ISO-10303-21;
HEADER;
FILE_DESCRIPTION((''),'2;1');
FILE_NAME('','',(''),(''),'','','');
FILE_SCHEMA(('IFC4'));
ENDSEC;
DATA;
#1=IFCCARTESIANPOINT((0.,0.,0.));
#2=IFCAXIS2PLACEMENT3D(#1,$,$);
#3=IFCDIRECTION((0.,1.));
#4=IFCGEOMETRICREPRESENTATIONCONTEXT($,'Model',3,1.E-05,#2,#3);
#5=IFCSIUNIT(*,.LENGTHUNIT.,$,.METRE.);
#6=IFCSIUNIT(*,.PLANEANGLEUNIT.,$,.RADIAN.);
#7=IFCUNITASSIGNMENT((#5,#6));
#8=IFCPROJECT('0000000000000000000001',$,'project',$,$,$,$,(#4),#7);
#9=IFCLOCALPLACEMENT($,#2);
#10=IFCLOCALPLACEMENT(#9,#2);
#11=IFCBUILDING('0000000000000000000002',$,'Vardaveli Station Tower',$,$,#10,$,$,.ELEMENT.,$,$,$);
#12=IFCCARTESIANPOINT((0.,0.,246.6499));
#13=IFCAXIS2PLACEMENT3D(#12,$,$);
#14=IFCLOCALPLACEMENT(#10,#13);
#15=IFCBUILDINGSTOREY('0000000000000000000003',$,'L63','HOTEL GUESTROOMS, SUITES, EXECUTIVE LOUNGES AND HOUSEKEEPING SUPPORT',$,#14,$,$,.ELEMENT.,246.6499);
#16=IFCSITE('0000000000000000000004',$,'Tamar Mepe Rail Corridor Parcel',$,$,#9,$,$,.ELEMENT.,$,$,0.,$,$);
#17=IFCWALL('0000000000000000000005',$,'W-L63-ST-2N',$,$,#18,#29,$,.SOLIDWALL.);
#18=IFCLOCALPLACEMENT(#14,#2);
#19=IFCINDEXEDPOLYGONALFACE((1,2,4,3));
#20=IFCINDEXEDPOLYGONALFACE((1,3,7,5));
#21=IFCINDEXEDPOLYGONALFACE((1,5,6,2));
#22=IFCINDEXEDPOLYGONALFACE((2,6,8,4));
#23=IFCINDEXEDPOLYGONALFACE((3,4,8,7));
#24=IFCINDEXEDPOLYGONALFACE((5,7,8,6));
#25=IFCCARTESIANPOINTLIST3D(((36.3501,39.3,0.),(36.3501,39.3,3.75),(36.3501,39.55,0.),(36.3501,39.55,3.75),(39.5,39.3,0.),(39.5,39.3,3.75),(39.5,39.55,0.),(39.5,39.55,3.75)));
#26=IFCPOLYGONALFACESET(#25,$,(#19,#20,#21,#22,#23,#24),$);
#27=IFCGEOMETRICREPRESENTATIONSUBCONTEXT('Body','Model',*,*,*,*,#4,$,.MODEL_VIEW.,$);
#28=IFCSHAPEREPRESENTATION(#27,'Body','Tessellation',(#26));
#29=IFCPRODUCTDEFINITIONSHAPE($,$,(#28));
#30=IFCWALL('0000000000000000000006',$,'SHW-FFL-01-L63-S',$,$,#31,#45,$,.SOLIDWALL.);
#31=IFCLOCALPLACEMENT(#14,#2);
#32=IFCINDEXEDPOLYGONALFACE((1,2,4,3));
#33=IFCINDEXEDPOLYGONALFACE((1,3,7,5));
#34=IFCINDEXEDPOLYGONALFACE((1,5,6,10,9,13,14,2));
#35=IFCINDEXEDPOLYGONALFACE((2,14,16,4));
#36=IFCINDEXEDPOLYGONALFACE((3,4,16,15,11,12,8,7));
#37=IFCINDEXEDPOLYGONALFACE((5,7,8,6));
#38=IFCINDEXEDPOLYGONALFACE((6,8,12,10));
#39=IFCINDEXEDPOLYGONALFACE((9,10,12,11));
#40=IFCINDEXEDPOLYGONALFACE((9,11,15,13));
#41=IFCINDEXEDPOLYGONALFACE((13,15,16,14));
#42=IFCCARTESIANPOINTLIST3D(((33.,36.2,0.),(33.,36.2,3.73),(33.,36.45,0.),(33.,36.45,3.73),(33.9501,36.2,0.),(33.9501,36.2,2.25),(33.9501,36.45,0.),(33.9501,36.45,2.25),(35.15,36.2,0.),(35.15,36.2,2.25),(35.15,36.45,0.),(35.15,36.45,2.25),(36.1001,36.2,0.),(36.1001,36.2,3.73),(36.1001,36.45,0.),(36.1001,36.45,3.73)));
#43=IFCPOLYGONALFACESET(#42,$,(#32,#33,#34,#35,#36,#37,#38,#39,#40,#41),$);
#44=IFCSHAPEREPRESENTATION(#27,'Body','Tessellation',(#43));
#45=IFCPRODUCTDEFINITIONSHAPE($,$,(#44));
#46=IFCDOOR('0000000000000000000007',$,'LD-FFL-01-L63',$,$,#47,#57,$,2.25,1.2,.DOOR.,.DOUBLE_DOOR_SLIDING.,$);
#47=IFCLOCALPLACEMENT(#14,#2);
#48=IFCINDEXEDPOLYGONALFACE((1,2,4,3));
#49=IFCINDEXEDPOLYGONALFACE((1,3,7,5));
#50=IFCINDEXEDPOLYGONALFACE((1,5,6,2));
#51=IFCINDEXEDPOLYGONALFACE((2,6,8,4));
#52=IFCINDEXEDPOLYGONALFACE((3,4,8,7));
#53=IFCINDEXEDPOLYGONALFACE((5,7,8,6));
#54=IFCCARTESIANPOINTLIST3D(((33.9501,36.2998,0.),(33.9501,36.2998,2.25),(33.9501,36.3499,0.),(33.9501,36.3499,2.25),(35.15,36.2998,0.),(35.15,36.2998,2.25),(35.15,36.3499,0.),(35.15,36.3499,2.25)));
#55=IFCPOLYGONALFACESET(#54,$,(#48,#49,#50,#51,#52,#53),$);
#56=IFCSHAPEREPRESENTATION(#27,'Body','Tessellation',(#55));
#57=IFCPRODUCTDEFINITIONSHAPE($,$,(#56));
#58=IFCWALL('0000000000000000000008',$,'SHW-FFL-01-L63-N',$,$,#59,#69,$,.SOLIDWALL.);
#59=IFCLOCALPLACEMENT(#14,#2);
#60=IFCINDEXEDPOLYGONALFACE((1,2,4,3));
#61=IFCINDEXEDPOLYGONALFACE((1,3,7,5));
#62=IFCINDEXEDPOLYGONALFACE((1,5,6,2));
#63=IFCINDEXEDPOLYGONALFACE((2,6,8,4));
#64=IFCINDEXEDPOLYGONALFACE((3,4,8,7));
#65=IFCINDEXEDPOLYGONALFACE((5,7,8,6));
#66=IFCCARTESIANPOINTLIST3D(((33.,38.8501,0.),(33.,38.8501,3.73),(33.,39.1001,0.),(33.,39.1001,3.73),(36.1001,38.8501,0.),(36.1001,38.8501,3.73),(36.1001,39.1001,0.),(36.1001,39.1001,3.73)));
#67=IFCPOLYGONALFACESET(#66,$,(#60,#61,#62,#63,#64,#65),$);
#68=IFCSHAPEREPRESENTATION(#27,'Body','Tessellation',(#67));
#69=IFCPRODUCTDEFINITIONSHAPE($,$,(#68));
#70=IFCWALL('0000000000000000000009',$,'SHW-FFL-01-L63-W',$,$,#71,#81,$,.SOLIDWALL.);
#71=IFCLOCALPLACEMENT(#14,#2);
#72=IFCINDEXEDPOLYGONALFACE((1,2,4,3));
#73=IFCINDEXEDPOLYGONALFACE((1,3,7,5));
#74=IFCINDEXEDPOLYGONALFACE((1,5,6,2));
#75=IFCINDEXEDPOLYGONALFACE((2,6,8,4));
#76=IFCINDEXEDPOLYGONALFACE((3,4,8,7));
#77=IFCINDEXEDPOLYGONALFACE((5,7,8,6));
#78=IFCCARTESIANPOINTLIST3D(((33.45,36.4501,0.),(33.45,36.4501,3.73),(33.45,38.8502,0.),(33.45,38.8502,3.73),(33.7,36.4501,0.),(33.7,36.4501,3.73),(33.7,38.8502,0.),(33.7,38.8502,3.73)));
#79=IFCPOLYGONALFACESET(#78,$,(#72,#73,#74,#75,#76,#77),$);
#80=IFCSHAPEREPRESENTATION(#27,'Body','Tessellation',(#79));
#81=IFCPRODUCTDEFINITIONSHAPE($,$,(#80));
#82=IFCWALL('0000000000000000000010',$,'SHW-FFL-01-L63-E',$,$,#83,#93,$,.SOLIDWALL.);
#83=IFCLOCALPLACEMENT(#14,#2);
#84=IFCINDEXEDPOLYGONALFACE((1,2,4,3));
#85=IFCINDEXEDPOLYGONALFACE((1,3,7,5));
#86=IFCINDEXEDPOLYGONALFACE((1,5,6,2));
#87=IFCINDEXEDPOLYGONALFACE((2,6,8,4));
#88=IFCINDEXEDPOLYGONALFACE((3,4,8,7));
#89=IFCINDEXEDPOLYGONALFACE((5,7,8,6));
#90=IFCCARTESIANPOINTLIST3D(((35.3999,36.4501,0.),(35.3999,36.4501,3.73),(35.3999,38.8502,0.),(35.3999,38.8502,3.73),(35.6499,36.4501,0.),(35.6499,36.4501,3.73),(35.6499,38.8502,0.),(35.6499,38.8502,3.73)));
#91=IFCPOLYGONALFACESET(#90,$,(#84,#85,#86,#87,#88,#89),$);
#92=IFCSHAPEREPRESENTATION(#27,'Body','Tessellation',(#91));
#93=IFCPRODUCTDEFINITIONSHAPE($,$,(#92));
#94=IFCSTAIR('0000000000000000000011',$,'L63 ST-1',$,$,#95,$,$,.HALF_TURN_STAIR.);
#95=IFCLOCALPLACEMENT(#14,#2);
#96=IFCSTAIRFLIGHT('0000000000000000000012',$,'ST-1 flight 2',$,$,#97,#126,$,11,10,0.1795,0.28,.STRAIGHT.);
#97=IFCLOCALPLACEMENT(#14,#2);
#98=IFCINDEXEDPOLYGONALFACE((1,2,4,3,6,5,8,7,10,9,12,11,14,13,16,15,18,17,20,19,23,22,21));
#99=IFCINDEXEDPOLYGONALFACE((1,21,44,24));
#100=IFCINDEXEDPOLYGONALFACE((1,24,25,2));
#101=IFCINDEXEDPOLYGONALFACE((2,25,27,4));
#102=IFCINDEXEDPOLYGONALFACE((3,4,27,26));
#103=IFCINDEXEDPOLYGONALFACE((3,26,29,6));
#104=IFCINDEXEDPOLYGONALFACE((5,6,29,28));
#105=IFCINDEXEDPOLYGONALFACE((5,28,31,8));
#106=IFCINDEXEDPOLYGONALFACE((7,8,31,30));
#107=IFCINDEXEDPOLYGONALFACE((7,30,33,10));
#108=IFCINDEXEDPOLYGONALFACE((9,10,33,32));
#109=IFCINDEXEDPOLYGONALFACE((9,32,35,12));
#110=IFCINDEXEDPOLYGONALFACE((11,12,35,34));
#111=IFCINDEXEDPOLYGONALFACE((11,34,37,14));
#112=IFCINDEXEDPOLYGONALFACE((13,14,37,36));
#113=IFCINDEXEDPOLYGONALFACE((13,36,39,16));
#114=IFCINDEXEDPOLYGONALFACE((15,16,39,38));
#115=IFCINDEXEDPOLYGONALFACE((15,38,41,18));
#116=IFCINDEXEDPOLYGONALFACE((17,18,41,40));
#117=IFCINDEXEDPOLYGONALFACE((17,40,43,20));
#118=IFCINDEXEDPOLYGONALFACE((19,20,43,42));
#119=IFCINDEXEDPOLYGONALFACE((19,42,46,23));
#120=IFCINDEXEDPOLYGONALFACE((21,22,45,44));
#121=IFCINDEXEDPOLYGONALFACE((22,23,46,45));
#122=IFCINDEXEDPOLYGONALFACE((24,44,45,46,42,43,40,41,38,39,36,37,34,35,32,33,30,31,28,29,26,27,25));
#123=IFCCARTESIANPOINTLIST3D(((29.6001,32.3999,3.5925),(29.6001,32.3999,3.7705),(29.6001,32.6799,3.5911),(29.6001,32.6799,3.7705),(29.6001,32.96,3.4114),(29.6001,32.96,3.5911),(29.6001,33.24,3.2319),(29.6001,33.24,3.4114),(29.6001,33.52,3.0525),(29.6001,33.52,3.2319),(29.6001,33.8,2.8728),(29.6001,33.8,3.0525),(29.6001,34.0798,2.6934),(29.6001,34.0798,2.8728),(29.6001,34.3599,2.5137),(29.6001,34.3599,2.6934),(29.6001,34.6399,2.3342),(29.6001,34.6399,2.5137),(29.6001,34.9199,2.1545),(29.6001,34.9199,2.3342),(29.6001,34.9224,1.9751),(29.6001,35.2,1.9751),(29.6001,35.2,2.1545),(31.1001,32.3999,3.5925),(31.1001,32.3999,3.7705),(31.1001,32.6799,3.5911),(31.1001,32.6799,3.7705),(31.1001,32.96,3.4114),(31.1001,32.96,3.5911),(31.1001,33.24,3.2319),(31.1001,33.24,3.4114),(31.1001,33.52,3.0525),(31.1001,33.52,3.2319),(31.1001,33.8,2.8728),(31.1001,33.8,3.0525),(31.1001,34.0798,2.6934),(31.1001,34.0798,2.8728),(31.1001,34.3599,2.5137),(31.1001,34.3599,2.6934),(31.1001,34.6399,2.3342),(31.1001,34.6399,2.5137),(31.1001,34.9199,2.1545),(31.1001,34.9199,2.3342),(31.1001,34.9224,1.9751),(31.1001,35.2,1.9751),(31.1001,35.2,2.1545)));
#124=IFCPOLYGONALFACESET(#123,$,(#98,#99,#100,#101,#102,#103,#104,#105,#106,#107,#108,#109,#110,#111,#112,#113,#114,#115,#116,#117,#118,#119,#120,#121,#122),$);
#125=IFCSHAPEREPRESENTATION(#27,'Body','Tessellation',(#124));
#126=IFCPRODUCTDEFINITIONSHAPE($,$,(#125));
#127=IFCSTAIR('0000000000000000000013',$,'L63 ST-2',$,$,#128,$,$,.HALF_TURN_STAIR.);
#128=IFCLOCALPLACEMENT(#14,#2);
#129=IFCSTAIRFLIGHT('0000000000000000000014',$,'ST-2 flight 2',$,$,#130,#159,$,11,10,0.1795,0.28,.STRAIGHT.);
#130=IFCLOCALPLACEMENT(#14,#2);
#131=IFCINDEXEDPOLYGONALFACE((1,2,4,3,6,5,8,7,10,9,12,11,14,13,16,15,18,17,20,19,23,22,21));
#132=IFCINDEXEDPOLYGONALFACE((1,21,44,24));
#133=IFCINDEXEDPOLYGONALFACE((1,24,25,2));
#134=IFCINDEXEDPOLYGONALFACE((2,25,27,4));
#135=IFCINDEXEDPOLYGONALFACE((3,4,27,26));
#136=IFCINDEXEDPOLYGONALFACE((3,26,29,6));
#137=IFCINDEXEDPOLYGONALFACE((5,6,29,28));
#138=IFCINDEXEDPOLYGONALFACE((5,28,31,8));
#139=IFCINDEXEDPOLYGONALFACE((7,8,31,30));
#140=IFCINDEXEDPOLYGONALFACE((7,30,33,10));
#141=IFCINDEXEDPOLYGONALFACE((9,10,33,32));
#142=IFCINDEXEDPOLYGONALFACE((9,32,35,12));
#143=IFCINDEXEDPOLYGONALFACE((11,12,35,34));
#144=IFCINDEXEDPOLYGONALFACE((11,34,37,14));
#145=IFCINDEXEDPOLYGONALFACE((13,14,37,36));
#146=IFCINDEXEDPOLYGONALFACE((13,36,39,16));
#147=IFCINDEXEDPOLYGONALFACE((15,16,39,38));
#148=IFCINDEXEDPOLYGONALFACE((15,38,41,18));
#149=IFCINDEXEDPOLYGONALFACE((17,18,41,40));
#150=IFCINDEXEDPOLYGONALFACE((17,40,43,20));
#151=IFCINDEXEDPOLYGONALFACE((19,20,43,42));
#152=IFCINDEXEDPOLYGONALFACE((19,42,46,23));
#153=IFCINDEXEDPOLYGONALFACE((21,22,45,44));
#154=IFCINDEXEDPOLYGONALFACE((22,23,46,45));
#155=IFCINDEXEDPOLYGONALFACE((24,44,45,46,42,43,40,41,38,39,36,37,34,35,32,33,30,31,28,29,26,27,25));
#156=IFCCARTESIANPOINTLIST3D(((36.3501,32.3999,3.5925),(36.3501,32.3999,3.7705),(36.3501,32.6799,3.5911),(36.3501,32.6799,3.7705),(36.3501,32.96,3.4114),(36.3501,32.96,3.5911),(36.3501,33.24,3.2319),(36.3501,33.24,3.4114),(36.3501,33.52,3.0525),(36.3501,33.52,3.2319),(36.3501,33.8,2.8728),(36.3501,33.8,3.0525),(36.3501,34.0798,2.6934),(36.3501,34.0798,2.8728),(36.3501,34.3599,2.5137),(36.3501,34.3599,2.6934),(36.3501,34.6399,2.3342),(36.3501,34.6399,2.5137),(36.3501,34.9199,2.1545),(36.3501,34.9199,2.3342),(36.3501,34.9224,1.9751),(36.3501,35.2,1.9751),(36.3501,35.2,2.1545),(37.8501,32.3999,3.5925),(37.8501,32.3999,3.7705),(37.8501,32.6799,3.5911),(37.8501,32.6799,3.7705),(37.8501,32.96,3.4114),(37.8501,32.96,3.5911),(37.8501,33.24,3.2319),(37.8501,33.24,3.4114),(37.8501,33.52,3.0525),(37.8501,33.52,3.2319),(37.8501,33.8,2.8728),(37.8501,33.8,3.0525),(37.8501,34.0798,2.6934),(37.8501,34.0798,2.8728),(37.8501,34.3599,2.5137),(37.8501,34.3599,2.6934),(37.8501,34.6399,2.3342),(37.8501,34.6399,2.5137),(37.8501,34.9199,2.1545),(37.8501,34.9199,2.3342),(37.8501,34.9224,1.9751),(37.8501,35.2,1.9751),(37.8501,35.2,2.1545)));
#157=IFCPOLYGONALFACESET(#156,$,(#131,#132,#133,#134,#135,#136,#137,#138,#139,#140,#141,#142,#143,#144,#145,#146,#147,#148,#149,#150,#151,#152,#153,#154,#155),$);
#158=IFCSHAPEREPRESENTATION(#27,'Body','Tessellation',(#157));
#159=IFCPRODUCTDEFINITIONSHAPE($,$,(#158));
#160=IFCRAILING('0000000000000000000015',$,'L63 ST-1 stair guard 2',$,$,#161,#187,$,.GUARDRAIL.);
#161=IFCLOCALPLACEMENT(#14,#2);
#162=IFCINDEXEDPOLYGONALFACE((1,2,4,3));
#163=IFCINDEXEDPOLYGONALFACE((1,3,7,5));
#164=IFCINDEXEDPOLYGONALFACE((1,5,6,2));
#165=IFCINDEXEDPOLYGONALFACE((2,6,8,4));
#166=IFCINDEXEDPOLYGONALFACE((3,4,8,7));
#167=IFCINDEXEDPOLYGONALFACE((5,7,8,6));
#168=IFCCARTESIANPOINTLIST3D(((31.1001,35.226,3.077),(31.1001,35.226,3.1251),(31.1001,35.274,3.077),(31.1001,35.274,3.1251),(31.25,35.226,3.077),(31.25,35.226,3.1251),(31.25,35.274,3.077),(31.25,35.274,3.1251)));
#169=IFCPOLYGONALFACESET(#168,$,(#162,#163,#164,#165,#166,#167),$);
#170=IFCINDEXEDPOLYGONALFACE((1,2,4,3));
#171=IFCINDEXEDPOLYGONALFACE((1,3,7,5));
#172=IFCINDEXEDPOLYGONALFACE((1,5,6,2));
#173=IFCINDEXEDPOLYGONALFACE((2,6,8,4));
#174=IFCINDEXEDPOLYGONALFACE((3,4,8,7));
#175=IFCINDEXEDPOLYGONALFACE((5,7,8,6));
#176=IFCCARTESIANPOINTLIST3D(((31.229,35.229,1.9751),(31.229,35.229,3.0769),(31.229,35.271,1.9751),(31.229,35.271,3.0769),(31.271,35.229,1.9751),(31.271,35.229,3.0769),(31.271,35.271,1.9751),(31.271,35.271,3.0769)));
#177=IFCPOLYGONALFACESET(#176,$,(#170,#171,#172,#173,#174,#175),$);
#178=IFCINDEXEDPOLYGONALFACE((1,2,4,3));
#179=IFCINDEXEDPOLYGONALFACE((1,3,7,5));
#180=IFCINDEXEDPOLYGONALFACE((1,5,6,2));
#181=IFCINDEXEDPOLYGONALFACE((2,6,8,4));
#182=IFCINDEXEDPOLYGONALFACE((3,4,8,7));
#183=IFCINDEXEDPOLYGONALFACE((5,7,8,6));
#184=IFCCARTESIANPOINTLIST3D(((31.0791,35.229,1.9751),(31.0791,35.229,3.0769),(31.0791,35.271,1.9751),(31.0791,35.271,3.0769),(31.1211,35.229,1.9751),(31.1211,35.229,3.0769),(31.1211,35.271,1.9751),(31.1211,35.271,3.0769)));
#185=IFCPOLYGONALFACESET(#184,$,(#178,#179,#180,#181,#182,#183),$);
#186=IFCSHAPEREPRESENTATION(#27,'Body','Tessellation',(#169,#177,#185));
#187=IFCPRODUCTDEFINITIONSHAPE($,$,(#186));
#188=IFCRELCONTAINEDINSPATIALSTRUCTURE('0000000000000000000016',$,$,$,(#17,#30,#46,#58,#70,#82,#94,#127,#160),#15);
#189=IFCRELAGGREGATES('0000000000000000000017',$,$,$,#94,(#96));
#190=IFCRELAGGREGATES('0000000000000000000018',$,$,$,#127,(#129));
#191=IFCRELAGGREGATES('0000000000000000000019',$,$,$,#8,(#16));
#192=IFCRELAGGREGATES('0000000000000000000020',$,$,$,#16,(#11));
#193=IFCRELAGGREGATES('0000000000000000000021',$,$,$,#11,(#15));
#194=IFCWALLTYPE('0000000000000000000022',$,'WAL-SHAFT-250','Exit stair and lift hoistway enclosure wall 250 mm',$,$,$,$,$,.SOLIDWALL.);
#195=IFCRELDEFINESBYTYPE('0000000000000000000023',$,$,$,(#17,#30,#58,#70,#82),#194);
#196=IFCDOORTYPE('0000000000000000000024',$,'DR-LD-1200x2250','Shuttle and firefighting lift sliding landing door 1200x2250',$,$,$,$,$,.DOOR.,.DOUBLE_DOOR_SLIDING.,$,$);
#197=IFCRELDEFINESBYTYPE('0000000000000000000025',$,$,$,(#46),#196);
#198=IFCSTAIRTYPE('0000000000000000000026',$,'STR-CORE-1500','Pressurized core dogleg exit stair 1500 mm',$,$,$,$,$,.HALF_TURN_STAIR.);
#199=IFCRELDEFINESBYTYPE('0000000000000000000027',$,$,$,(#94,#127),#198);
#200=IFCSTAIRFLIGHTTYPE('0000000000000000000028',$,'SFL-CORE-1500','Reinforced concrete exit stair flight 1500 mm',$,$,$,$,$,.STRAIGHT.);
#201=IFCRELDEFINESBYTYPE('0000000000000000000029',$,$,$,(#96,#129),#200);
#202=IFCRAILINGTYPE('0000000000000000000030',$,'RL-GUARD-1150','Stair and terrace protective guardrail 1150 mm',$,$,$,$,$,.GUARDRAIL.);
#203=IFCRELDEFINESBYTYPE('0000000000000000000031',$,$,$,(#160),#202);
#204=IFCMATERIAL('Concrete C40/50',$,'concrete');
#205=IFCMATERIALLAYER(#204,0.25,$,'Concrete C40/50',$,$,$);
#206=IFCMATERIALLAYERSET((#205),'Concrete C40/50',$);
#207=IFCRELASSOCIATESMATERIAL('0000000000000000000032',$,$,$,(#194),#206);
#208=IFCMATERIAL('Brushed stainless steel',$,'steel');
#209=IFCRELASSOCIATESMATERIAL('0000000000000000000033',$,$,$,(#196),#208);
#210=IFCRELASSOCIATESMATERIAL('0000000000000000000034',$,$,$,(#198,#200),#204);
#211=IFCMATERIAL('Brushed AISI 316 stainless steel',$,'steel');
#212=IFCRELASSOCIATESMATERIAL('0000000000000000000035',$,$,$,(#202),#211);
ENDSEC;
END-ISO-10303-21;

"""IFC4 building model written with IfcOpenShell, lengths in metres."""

from ifc_helpers import new_model, si_unit, direction, frame, frame_2d, origin, origin_2d, place, context, subcontext, project, spatial, polyline, rectangle, outline, extrude, source, transform, mapped, material, layer, layer_set, type_object, element, fill, aggregate, save


model = new_model("IFC4")

# Units and contexts
model_context = context("Model", 3, precision=1e-05, world=origin(), true_north=direction((0.0, 1.0)))
body_context = subcontext(model_context, "Body", "Model", "MODEL_VIEW")
ifc_project = project(units=[si_unit("LENGTHUNIT", "METRE"), si_unit("PLANEANGLEUNIT", "RADIAN")], contexts=[model_context])

# Site, building, storey
site_placement = place(None, origin())
site = spatial("IfcSite", under=ifc_project, at=site_placement, Name="Tamar Mepe Rail Corridor Parcel", CompositionType="ELEMENT", RefElevation=0.0)
building_placement = place(site_placement, origin())
building = spatial("IfcBuilding", under=site, at=building_placement, Name="Vardaveli Station Tower", CompositionType="ELEMENT")
storey_placement = place(building_placement, frame((0.0, 0.0, 246.6499)))
storey = spatial("IfcBuildingStorey", under=building, at=storey_placement, Name="L63", Description="HOTEL GUESTROOMS, SUITES, EXECUTIVE LOUNGES AND HOUSEKEEPING SUPPORT", CompositionType="ELEMENT", Elevation=246.6499)

# Wall
ifc_material_1 = material(Name="Concrete C40/50", Category="concrete")
ifc_layer_1 = layer(ifc_material_1, 0.25, Name="Concrete C40/50")
ifc_layer_set_1 = layer_set([ifc_layer_1], Name="Concrete C40/50")
wall_type_1 = type_object("IfcWallType", Name="WAL-SHAFT-250", Description="Exit stair and lift hoistway enclosure wall 250 mm", PredefinedType="SOLIDWALL", material=ifc_layer_set_1)
shared_shape_1 = source(origin(), body_context, "Body", "SweptSolid", [
    extrude(rectangle(XDim=3.1499, YDim=0.25, at=frame_2d((1.575, 0.0))), origin(), (0.0, 0.0, 1.0), 3.75),
])
for number, where, z_axis, x_axis, name in (
    (1, (36.3501, 39.425, 0.0), (0.0, 0.0, 1.0), (1.0, 0.0, 0.0), "W-L63-ST-2N"),
):
    element("IfcWall", number, at=place(storey_placement, frame(where, z_axis=z_axis, x_axis=x_axis)), inside=storey, type_object=wall_type_1, Name=name, PredefinedType="SOLIDWALL", context=body_context, shape_type="MappedRepresentation", body=[
        mapped(shared_shape_1, transform((0.0, 0.0, 0.0), scale=1.0)),
    ])

# Wall, opening, door
shared_shape_2 = source(origin(), body_context, "Body", "SweptSolid", [
    extrude(rectangle(XDim=3.1001, YDim=0.25, at=frame_2d((1.55, 0.0))), origin(), (0.0, 0.0, 1.0), 3.73),
])
wall_1_placement = place(storey_placement, frame((33.0, 36.325, 0.0), z_axis=(0.0, 0.0, 1.0), x_axis=(1.0, 0.0, 0.0)))
wall_1 = element("IfcWall", 2, at=wall_1_placement, inside=storey, type_object=wall_type_1, Name="SHW-FFL-01-L63-S", PredefinedType="SOLIDWALL", context=body_context, shape_type="MappedRepresentation", body=[
    mapped(shared_shape_2, transform((0.0, 0.0, 0.0), scale=1.0)),
])
shared_shape_3 = source(origin(), body_context, "Body", "SweptSolid", [
    extrude(rectangle(XDim=1.2, YDim=2.25, at=frame_2d((0.6001, 1.125))), frame((0.0, 0.135, 0.0), z_axis=(0.0, -1.0, 0.0), x_axis=(1.0, 0.0, 0.0)), (0.0, 0.0, 1.0), 0.27),
])
opening_1_placement = place(wall_1_placement, frame((0.95, 0.0, 0.0)))
opening_1 = element("IfcOpeningElement", 3, at=opening_1_placement, cuts=wall_1, PredefinedType="OPENING", context=body_context, shape_type="MappedRepresentation", body=[
    mapped(shared_shape_3, transform((0.0, 0.0, 0.0), scale=1.0)),
])
ifc_material_2 = material(Name="Brushed stainless steel", Category="steel")
door_type = type_object("IfcDoorType", Name="DR-LD-1200x2250", Description="Shuttle and firefighting lift sliding landing door 1200x2250", OperationType="DOUBLE_DOOR_SLIDING", PredefinedType="DOOR", material=ifc_material_2)
shared_shape_4 = source(origin(), body_context, "Body", "SweptSolid", [
    extrude(rectangle(XDim=1.2, YDim=2.25, at=frame_2d((0.6001, 1.125))), frame((0.0, 0.0249, 0.0), z_axis=(0.0, -1.0, 0.0), x_axis=(1.0, 0.0, 0.0)), (0.0, 0.0, 1.0), 0.05),
])
door_placement = place(opening_1_placement, origin())
door = element("IfcDoor", 4, at=door_placement, inside=storey, type_object=door_type, Name="LD-FFL-01-L63", OperationType="DOUBLE_DOOR_SLIDING", OverallHeight=2.25, OverallWidth=1.2, PredefinedType="DOOR", context=body_context, shape_type="MappedRepresentation", body=[
    mapped(shared_shape_4, transform((0.0, 0.0, 0.0), scale=1.0)),
])
fill(opening_1, door)

# Walls
wall_2_placement = place(storey_placement, frame((33.0, 38.9751, 0.0), z_axis=(0.0, 0.0, 1.0), x_axis=(1.0, 0.0, 0.0)))
element("IfcWall", 5, at=wall_2_placement, inside=storey, type_object=wall_type_1, Name="SHW-FFL-01-L63-N", PredefinedType="SOLIDWALL", context=body_context, shape_type="MappedRepresentation", body=[
    mapped(shared_shape_2, transform((0.0, 0.0, 0.0), scale=1.0)),
])
shared_shape_5 = source(origin(), body_context, "Body", "SweptSolid", [
    extrude(rectangle(XDim=2.4001, YDim=0.25, at=frame_2d((1.2002, 0.0))), origin(), (0.0, 0.0, 1.0), 3.73),
])
for number, where, z_axis, x_axis, name in (
    (6, (33.575, 36.45, 0.0), (0.0, 0.0, 1.0), (0.0, 1.0, 0.0), "SHW-FFL-01-L63-W"),
    (7, (35.5249, 36.45, 0.0), (0.0, 0.0, 1.0), (0.0, 1.0, 0.0), "SHW-FFL-01-L63-E"),
):
    element("IfcWall", number, at=place(storey_placement, frame(where, z_axis=z_axis, x_axis=x_axis)), inside=storey, type_object=wall_type_1, Name=name, PredefinedType="SOLIDWALL", context=body_context, shape_type="MappedRepresentation", body=[
        mapped(shared_shape_5, transform((0.0, 0.0, 0.0), scale=1.0)),
    ])

# Stairs, stair flights
stair_type = type_object("IfcStairType", Name="STR-CORE-1500", Description="Pressurized core dogleg exit stair 1500 mm", PredefinedType="HALF_TURN_STAIR", material=ifc_material_1)
stair_1_placement = place(storey_placement, origin())
stair_1 = element("IfcStair", 8, at=stair_1_placement, inside=storey, type_object=stair_type, Name="L63 ST-1", PredefinedType="HALF_TURN_STAIR")
stair_flight_type = type_object("IfcStairFlightType", Name="SFL-CORE-1500", Description="Reinforced concrete exit stair flight 1500 mm", PredefinedType="STRAIGHT", material=ifc_material_1)
shared_shape_6 = source(origin(), body_context, "Body", "SweptSolid", [
    extrude(outline(polyline([(0.0, 0.0), (0.0, 0.1794), (0.28, 0.1794), (0.28, 0.3591), (0.5601, 0.3591), (0.5601, 0.5386), (0.8401, 0.5386), (0.8401, 0.7183), (1.1201, 0.7183), (1.1201, 0.8977), (1.3999, 0.8977), (1.3999, 1.0774), (1.6799, 1.0774), (1.6799, 1.2568), (1.96, 1.2568), (1.96, 1.4363), (2.24, 1.4363), (2.24, 1.616), (2.52, 1.616), (2.52, 1.7954), (2.8, 1.7954), (2.8, 1.9751), (2.8, 1.6174), (0.2776, 0.0), (0.0, 0.0)])), frame((0.0, 0.75, 0.0), z_axis=(0.0, -1.0, 0.0), x_axis=(1.0, 0.0, 0.0)), (0.0, 0.0, 1.0), 1.5),
])
stair_flight_1_placement = place(storey_placement, frame((30.3501, 35.2, 1.9751), z_axis=(0.0, 0.0, 1.0), x_axis=(0.0, -1.0, 0.0)))
stair_flight_1 = element("IfcStairFlight", 9, at=stair_flight_1_placement, type_object=stair_flight_type, Name="ST-1 flight 2", NumberOfRisers=11, NumberOfTreads=10, PredefinedType="STRAIGHT", RiserHeight=0.1795, TreadLength=0.28, context=body_context, shape_type="MappedRepresentation", body=[
    mapped(shared_shape_6, transform((0.0, 0.0, 0.0), scale=1.0)),
])
aggregate(stair_1, [stair_flight_1])
stair_2_placement = place(storey_placement, origin())
stair_2 = element("IfcStair", 10, at=stair_2_placement, inside=storey, type_object=stair_type, Name="L63 ST-2", PredefinedType="HALF_TURN_STAIR")
stair_flight_2_placement = place(storey_placement, frame((37.1001, 35.2, 1.9751), z_axis=(0.0, 0.0, 1.0), x_axis=(0.0, -1.0, 0.0)))
stair_flight_2 = element("IfcStairFlight", 11, at=stair_flight_2_placement, type_object=stair_flight_type, Name="ST-2 flight 2", NumberOfRisers=11, NumberOfTreads=10, PredefinedType="STRAIGHT", RiserHeight=0.1795, TreadLength=0.28, context=body_context, shape_type="MappedRepresentation", body=[
    mapped(shared_shape_6, transform((0.0, 0.0, 0.0), scale=1.0)),
])
aggregate(stair_2, [stair_flight_2])

# Railing
ifc_material_3 = material(Name="Brushed AISI 316 stainless steel", Category="steel")
railing_type_1 = type_object("IfcRailingType", Name="RL-GUARD-1150", Description="Stair and terrace protective guardrail 1150 mm", PredefinedType="GUARDRAIL", material=ifc_material_3)
shared_shape_7 = source(origin(), body_context, "Body", "SweptSolid", [
    extrude(rectangle(XDim=0.0481, YDim=0.0481, at=origin_2d()), frame((0.0, 0.0, 1.126), z_axis=(-1.0, 0.0, 0.0), x_axis=(0.0, -1.0, 0.0)), (0.0, 0.0, 1.0), 0.1499),
    extrude(rectangle(XDim=0.042, YDim=0.042, at=origin_2d()), origin(), (0.0, 0.0, 1.0), 1.1018),
    extrude(rectangle(XDim=0.042, YDim=0.042, at=origin_2d()), frame((-0.1499, 0.0, 0.0)), (0.0, 0.0, 1.0), 1.1018),
])
railing_1_placement = place(storey_placement, frame((31.25, 35.25, 1.9751)))
element("IfcRailing", 12, at=railing_1_placement, inside=storey, type_object=railing_type_1, Name="L63 ST-1 stair guard 2", PredefinedType="GUARDRAIL", context=body_context, shape_type="MappedRepresentation", body=[
    mapped(shared_shape_7, transform((0.0, 0.0, 0.0), scale=1.0)),
])

save(model, "model.ifc")
